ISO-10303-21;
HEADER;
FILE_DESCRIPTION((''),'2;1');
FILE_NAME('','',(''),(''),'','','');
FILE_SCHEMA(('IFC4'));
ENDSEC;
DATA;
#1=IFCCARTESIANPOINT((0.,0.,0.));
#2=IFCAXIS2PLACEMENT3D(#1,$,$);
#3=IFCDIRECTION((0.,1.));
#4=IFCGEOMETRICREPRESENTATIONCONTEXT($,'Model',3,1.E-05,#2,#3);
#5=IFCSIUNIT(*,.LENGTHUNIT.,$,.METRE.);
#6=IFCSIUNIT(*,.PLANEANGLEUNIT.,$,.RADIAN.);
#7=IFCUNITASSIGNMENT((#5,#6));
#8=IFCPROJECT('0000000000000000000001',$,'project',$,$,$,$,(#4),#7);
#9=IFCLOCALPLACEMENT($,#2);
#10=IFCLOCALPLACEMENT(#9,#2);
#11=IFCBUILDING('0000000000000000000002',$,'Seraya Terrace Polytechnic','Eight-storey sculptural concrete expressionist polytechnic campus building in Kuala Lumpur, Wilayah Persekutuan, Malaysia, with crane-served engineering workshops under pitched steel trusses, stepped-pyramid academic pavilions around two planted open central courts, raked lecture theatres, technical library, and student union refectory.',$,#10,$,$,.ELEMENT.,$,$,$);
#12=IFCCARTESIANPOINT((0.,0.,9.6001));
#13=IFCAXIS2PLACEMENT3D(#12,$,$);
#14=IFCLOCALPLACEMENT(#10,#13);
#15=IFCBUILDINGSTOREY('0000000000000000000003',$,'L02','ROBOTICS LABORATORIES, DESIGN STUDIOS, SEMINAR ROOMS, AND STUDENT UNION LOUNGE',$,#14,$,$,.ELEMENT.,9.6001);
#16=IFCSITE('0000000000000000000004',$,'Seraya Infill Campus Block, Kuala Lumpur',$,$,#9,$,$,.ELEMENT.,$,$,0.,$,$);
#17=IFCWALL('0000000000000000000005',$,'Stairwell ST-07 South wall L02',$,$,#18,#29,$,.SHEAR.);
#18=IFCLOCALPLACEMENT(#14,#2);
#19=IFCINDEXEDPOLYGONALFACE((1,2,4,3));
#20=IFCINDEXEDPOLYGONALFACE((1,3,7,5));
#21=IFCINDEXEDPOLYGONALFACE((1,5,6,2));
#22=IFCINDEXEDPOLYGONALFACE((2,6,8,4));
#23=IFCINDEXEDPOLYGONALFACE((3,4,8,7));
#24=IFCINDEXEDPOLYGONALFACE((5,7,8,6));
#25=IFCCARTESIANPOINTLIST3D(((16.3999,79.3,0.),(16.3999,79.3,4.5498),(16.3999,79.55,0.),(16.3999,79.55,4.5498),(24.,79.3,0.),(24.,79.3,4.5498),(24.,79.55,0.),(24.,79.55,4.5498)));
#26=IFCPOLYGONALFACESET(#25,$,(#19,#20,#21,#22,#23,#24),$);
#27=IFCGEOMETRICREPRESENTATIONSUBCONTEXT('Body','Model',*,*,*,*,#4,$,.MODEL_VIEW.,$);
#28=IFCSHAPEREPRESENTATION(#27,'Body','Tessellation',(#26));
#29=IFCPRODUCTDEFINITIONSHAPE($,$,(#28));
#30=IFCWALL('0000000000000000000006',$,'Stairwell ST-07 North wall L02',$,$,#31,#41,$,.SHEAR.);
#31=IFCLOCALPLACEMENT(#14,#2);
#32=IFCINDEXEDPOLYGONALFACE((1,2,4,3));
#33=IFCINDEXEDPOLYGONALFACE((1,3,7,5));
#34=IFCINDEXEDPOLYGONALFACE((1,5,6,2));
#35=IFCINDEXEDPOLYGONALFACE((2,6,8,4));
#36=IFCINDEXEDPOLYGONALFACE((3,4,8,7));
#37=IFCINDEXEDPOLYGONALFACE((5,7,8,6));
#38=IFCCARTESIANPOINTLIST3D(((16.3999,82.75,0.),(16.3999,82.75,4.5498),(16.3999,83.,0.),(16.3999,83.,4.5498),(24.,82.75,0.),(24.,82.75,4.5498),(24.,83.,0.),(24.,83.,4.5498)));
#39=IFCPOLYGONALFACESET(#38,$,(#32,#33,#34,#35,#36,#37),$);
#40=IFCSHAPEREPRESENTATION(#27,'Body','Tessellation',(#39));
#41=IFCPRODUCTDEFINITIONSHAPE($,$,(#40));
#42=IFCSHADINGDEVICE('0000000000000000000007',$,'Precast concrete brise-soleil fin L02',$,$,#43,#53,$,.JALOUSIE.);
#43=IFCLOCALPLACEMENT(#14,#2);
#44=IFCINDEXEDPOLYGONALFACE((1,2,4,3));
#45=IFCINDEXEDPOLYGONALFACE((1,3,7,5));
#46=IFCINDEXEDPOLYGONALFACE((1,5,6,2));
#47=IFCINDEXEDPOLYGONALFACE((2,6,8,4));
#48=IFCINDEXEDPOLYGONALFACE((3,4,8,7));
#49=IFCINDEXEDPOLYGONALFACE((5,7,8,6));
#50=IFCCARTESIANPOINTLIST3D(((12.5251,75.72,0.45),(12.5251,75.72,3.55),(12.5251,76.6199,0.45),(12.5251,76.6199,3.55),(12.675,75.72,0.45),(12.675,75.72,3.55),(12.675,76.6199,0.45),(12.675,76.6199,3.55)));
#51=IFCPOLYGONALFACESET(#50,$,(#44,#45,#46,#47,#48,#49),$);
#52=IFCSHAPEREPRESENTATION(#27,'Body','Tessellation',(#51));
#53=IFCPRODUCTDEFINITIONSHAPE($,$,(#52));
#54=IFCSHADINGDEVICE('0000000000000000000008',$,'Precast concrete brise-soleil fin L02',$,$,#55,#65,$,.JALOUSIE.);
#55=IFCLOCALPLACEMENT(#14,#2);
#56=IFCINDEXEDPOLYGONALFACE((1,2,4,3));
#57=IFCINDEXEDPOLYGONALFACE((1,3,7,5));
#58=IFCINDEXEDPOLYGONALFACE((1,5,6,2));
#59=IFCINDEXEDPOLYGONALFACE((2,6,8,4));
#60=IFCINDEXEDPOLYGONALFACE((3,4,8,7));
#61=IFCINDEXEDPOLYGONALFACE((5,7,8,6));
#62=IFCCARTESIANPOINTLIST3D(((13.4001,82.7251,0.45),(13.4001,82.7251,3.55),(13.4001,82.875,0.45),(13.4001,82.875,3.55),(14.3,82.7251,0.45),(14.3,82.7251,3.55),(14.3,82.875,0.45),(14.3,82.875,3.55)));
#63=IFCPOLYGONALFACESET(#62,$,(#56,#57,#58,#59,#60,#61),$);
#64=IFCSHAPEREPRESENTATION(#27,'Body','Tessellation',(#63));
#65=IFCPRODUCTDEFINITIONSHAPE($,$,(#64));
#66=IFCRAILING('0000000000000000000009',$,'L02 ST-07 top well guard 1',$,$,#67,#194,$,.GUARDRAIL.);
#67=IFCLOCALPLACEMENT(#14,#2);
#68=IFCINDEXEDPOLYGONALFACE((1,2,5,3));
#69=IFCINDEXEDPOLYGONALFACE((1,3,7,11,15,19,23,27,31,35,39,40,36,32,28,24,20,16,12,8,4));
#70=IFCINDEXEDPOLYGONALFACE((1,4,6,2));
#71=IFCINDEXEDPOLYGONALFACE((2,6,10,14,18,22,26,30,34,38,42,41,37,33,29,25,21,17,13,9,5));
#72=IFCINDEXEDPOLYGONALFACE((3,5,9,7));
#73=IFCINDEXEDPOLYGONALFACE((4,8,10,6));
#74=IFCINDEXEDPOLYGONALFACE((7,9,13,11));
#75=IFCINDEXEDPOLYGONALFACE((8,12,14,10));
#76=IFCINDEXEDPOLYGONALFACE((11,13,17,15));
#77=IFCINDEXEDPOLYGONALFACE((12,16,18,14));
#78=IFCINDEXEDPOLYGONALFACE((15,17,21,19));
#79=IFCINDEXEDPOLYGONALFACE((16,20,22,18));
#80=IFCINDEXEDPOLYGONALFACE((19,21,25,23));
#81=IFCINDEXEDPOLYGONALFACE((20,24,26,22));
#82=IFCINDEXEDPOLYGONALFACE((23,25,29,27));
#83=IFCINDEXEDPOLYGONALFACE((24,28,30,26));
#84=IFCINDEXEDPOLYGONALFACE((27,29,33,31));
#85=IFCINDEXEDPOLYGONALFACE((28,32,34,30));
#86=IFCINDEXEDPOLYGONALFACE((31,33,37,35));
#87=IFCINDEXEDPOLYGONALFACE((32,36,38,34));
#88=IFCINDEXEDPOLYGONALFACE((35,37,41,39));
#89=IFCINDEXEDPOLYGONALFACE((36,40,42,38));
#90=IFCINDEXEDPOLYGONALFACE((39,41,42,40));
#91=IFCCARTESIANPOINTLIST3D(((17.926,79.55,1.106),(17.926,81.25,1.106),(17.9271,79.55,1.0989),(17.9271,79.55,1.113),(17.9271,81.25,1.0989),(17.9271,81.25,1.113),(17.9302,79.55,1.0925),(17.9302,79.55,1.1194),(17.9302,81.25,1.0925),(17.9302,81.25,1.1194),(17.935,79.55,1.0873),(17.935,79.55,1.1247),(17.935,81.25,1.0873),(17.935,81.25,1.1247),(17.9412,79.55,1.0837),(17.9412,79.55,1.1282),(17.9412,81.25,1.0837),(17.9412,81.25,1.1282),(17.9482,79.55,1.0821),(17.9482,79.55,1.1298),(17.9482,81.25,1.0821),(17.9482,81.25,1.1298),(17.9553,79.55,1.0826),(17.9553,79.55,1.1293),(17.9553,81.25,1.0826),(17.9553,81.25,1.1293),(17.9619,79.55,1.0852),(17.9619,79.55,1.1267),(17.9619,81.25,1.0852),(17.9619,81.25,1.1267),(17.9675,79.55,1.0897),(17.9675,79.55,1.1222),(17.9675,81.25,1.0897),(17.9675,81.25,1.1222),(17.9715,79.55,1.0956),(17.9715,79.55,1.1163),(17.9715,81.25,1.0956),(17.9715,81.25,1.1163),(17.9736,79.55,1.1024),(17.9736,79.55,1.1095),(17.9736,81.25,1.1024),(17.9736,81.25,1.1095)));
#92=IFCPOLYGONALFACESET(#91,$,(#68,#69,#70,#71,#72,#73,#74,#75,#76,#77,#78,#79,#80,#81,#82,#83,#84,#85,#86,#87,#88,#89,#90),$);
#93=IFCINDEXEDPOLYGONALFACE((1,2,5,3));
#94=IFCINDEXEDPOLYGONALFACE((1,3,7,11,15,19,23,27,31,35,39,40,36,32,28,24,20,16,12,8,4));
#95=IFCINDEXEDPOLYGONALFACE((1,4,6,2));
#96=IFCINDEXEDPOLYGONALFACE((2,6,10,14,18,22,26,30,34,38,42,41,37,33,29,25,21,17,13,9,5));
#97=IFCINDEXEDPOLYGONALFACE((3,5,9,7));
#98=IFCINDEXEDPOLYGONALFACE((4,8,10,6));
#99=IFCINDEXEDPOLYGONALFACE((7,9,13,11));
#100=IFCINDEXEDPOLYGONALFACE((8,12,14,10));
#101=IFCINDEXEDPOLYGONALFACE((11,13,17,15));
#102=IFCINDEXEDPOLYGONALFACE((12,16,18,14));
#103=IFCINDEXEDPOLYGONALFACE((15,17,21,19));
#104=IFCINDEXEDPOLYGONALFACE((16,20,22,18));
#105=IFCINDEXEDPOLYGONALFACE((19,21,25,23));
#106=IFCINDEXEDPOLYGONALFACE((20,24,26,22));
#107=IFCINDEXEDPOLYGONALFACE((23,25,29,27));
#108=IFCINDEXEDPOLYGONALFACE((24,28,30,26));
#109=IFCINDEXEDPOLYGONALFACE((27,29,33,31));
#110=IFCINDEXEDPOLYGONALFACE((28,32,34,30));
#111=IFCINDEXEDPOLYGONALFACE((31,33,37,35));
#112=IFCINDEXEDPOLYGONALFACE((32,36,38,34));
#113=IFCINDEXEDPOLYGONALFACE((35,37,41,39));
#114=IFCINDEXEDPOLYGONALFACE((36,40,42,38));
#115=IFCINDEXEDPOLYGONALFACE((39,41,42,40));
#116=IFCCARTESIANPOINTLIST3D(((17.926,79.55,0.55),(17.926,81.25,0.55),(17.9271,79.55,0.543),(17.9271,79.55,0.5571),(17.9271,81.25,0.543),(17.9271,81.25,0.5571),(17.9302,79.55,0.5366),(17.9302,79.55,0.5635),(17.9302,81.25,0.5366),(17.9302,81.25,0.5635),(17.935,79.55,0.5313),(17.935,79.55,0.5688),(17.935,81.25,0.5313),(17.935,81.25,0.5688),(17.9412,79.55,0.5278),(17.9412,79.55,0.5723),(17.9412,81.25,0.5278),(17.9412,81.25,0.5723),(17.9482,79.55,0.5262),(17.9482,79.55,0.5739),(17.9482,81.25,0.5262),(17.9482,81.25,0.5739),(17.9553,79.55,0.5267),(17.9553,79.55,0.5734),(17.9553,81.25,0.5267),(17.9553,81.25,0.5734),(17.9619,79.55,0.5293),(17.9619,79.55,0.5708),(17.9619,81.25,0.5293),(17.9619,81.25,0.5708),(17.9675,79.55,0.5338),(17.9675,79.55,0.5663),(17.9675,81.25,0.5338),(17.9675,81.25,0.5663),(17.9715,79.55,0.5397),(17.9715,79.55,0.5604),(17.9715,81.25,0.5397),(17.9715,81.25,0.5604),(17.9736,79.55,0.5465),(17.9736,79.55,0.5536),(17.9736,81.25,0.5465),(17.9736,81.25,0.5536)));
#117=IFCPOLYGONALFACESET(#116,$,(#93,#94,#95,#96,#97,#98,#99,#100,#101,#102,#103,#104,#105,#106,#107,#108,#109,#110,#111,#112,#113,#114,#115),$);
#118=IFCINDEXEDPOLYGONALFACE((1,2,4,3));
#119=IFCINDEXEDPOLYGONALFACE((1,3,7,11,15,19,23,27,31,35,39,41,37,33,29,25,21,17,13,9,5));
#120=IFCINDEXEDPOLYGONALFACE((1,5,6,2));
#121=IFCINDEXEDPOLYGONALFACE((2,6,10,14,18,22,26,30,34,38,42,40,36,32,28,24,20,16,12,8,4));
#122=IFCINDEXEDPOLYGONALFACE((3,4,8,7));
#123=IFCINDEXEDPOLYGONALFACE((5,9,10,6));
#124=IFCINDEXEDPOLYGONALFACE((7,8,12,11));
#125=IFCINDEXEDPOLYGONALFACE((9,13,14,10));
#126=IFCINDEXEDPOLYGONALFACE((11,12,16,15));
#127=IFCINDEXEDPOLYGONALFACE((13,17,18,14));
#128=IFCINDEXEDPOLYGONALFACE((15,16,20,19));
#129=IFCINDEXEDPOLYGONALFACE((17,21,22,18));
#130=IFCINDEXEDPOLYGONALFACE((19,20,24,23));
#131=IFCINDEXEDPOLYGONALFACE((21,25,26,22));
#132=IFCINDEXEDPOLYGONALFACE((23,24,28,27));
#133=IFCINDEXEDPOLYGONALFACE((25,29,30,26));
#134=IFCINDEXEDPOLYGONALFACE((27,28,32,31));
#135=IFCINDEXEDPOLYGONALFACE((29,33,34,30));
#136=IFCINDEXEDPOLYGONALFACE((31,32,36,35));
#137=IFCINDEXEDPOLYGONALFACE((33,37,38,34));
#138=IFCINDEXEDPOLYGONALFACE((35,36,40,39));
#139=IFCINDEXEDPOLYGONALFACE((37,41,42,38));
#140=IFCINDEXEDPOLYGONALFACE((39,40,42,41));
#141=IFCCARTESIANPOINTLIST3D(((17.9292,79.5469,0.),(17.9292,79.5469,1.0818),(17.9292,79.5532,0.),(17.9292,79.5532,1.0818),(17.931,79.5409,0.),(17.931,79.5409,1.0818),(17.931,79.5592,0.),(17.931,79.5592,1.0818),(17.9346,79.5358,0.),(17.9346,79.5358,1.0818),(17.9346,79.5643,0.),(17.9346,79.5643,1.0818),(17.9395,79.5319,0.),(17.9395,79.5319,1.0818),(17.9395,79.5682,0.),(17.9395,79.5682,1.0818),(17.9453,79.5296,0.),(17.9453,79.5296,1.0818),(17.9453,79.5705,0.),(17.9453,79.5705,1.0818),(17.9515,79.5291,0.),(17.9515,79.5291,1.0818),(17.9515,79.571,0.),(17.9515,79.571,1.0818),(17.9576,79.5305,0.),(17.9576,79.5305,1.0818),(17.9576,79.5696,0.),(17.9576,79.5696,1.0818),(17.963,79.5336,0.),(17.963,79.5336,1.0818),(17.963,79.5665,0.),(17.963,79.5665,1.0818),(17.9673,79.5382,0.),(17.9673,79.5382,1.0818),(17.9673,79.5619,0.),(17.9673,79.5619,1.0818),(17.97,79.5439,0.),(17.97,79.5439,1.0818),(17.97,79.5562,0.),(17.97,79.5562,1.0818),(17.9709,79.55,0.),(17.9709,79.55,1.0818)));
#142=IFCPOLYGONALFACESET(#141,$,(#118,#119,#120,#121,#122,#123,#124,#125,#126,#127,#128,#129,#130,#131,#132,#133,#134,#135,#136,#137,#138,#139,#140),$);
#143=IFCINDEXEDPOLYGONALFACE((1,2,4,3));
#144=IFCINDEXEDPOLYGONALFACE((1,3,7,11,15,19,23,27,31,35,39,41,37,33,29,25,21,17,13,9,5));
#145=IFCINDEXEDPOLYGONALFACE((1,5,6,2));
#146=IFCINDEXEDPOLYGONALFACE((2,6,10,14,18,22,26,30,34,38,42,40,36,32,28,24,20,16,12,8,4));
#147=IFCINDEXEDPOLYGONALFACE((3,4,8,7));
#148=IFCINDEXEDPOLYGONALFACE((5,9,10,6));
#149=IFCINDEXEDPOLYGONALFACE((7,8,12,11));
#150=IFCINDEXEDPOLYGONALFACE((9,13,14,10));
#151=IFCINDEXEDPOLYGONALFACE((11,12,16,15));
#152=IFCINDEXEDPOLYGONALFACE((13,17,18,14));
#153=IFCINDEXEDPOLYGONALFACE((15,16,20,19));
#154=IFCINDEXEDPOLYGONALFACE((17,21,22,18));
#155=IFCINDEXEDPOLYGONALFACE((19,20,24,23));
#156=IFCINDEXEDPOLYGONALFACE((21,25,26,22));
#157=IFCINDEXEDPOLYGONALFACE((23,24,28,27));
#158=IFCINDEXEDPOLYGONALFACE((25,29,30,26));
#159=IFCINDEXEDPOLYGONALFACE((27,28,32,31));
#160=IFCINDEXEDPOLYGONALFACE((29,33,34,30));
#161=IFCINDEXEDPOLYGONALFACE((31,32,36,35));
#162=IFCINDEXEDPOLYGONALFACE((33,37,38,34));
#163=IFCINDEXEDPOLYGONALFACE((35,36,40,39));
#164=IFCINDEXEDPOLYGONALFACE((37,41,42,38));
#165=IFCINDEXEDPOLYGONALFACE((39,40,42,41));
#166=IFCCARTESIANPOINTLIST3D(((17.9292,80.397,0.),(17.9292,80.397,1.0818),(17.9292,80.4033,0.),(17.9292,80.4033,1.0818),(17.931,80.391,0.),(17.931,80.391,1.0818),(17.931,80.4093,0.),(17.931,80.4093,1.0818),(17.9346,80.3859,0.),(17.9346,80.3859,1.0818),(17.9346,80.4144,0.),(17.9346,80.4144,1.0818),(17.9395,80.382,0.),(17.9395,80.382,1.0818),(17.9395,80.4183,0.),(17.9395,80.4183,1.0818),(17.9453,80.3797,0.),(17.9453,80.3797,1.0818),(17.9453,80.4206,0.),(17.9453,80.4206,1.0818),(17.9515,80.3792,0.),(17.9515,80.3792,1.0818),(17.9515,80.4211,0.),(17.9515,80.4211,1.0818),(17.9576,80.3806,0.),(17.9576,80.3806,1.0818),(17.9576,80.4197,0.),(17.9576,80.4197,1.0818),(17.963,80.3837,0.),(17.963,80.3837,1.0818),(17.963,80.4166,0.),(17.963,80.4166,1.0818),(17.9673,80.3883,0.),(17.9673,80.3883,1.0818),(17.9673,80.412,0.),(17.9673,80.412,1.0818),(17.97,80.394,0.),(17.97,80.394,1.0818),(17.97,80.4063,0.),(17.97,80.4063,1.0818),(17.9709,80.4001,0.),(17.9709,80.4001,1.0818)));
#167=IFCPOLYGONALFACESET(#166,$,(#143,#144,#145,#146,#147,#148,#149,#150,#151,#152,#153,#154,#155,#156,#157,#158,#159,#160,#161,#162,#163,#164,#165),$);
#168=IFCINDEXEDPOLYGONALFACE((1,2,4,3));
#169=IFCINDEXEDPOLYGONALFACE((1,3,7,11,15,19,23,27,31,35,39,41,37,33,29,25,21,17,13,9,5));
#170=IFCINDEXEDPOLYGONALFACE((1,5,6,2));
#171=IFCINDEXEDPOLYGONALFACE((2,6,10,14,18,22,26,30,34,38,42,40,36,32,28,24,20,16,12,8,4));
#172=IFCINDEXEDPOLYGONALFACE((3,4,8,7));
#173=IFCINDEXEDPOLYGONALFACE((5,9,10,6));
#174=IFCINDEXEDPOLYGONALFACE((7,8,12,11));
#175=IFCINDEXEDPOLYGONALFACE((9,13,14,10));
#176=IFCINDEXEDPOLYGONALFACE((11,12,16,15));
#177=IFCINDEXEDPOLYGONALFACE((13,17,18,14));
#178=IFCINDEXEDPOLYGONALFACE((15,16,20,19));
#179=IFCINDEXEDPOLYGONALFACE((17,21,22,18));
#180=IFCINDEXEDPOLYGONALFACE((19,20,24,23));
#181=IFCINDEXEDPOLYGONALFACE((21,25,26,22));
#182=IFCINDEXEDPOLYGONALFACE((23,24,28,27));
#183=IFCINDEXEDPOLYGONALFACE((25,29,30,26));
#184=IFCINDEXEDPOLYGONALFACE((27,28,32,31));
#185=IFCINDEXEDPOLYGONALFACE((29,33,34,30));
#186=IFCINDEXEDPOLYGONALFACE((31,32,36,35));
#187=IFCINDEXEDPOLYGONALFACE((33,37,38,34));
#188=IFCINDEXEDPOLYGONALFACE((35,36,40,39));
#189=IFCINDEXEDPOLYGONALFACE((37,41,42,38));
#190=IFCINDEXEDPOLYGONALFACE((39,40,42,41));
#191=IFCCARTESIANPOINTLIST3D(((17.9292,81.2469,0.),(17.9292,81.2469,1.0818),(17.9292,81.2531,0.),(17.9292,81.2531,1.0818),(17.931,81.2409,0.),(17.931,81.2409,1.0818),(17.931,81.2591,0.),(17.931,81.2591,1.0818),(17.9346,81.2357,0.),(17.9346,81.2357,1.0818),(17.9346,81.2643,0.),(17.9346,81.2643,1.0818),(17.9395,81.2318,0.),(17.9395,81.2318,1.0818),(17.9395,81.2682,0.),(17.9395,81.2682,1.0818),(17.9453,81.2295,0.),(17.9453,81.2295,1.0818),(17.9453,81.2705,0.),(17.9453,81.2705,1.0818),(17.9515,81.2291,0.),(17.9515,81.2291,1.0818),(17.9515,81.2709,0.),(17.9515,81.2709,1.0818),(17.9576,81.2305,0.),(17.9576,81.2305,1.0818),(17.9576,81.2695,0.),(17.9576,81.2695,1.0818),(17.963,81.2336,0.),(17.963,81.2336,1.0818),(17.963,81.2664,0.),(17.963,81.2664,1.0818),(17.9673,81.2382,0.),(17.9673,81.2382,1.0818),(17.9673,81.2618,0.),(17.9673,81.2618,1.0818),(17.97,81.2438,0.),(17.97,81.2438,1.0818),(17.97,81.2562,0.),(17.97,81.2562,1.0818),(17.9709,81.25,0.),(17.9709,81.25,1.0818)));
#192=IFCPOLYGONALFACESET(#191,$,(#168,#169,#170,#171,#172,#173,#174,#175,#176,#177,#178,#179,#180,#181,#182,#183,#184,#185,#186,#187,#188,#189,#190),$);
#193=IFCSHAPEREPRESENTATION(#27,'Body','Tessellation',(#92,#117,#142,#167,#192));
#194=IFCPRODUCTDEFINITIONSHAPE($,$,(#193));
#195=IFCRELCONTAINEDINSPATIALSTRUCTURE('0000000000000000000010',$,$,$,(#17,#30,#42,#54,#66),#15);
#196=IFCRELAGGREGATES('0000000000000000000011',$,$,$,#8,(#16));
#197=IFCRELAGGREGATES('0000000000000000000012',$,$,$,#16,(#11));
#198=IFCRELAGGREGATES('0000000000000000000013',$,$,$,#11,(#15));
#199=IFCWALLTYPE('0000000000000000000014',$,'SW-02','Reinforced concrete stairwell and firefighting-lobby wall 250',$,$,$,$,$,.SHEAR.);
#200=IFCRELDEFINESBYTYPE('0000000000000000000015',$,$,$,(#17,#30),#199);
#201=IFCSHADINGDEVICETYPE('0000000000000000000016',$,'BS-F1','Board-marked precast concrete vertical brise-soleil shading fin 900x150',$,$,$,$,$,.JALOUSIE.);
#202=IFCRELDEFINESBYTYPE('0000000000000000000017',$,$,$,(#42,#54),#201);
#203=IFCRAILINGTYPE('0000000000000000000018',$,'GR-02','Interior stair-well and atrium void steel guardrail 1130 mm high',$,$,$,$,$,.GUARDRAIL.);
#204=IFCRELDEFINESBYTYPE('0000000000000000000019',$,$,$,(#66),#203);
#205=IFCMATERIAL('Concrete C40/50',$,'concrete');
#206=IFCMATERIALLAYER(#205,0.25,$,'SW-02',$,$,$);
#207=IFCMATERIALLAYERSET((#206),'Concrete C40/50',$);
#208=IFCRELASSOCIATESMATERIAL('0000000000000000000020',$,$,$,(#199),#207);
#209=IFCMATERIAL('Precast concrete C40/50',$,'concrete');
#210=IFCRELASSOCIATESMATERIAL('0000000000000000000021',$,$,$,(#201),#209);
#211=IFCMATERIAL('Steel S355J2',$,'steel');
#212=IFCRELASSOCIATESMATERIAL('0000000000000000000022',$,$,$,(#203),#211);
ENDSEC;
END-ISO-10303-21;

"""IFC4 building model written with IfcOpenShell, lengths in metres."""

from ifc_helpers import new_model, si_unit, direction, frame, frame_2d, origin, origin_2d, place, context, subcontext, project, spatial, rectangle, circle, extrude, material, layer, layer_set, type_object, element, save


model = new_model("IFC4")

# Units and contexts
model_context = context("Model", 3, precision=1e-05, world=origin(), true_north=direction((0.0, 1.0)))
body_context = subcontext(model_context, "Body", "Model", "MODEL_VIEW")
ifc_project = project(units=[si_unit("LENGTHUNIT", "METRE"), si_unit("PLANEANGLEUNIT", "RADIAN")], contexts=[model_context])

# Site, building, storey
site_placement = place(None, origin())
site = spatial("IfcSite", under=ifc_project, at=site_placement, Name="Seraya Infill Campus Block, Kuala Lumpur", CompositionType="ELEMENT", RefElevation=0.0)
building_placement = place(site_placement, origin())
building = spatial("IfcBuilding", under=site, at=building_placement, Name="Seraya Terrace Polytechnic", Description="Eight-storey sculptural concrete expressionist polytechnic campus building in Kuala Lumpur, Wilayah Persekutuan, Malaysia, with crane-served engineering workshops under pitched steel trusses, stepped-pyramid academic pavilions around two planted open central courts, raked lecture theatres, technical library, and student union refectory.", CompositionType="ELEMENT")
storey_placement = place(building_placement, frame((0.0, 0.0, 9.6001)))
storey = spatial("IfcBuildingStorey", under=building, at=storey_placement, Name="L02", Description="ROBOTICS LABORATORIES, DESIGN STUDIOS, SEMINAR ROOMS, AND STUDENT UNION LOUNGE", CompositionType="ELEMENT", Elevation=9.6001)

# Shared definitions
ifc_material_1 = material(Name="Concrete C40/50", Category="concrete")

# Shared definitions
ifc_material_2 = material(Name="Steel S355J2", Category="steel")

# Shared definitions
ifc_layer_1 = layer(ifc_material_1, 0.25, Name="SW-02")
ifc_layer_set_1 = layer_set([ifc_layer_1], Name="Concrete C40/50")
wall_type_1 = type_object("IfcWallType", Name="SW-02", Description="Reinforced concrete stairwell and firefighting-lobby wall 250", PredefinedType="SHEAR", material=ifc_layer_set_1)

# Walls
for number, where, z_axis, x_axis, name in (
    (1, (16.3999, 79.425, 0.0), (0.0, 0.0, 1.0), (1.0, 0.0, 0.0), "Stairwell ST-07 South wall L02"),
    (2, (16.3999, 82.875, 0.0), (0.0, 0.0, 1.0), (1.0, 0.0, 0.0), "Stairwell ST-07 North wall L02"),
):
    element("IfcWall", number, at=place(storey_placement, frame(where, z_axis=z_axis, x_axis=x_axis)), inside=storey, type_object=wall_type_1, Name=name, PredefinedType="SHEAR", context=body_context, shape_type="SweptSolid", body=[
        extrude(rectangle(XDim=7.6001, YDim=0.25, at=frame_2d((3.8, 0.0))), origin(), (0.0, 0.0, 1.0), 4.5498),
    ])

# Shading devices
ifc_material_3 = material(Name="Precast concrete C40/50", Category="concrete")
shading_device_type = type_object("IfcShadingDeviceType", Name="BS-F1", Description="Board-marked precast concrete vertical brise-soleil shading fin 900x150", PredefinedType="JALOUSIE", material=ifc_material_3)
for number, where, z_axis, x_axis, name in (
    (3, (12.6001, 76.1699, 0.45), (0.0, 0.0, 1.0), (0.0, 1.0, 0.0), "Precast concrete brise-soleil fin L02"),
    (4, (13.8501, 82.8, 0.45), (0.0, 0.0, 1.0), (-1.0, 0.0, 0.0), "Precast concrete brise-soleil fin L02"),
):
    element("IfcShadingDevice", number, at=place(storey_placement, frame(where, z_axis=z_axis, x_axis=x_axis)), inside=storey, type_object=shading_device_type, Name=name, PredefinedType="JALOUSIE", context=body_context, shape_type="SweptSolid", body=[
        extrude(rectangle(XDim=0.8999, YDim=0.1499, at=origin_2d()), origin(), (0.0, 0.0, 1.0), 3.1001),
    ])

# Railing
railing_type = type_object("IfcRailingType", Name="GR-02", Description="Interior stair-well and atrium void steel guardrail 1130 mm high", PredefinedType="GUARDRAIL", material=ifc_material_2)
railing_1_placement = place(storey_placement, frame((17.95, 79.55, 0.0)))
element("IfcRailing", 5, at=railing_1_placement, inside=storey, type_object=railing_type, Name="L02 ST-07 top well guard 1", PredefinedType="GUARDRAIL", context=body_context, shape_type="SweptSolid", body=[
    extrude(circle(Radius=0.0239, at=origin_2d()), frame((0.0, 0.0, 1.106), z_axis=(0.0, 1.0, 0.0), x_axis=(-1.0, 0.0, 0.0)), (0.0, 0.0, 1.0), 1.7),
    extrude(circle(Radius=0.0239, at=origin_2d()), frame((0.0, 0.0, 0.55), z_axis=(0.0, 1.0, 0.0), x_axis=(-1.0, 0.0, 0.0)), (0.0, 0.0, 1.0), 1.7),
    extrude(circle(Radius=0.021, at=origin_2d()), origin(), (0.0, 0.0, 1.0), 1.0818),
    extrude(circle(Radius=0.021, at=origin_2d()), frame((0.0, 0.8501, 0.0)), (0.0, 0.0, 1.0), 1.0818),
    extrude(circle(Radius=0.021, at=origin_2d()), frame((0.0, 1.7, 0.0)), (0.0, 0.0, 1.0), 1.0818),
])

save(model, "model.ifc")
